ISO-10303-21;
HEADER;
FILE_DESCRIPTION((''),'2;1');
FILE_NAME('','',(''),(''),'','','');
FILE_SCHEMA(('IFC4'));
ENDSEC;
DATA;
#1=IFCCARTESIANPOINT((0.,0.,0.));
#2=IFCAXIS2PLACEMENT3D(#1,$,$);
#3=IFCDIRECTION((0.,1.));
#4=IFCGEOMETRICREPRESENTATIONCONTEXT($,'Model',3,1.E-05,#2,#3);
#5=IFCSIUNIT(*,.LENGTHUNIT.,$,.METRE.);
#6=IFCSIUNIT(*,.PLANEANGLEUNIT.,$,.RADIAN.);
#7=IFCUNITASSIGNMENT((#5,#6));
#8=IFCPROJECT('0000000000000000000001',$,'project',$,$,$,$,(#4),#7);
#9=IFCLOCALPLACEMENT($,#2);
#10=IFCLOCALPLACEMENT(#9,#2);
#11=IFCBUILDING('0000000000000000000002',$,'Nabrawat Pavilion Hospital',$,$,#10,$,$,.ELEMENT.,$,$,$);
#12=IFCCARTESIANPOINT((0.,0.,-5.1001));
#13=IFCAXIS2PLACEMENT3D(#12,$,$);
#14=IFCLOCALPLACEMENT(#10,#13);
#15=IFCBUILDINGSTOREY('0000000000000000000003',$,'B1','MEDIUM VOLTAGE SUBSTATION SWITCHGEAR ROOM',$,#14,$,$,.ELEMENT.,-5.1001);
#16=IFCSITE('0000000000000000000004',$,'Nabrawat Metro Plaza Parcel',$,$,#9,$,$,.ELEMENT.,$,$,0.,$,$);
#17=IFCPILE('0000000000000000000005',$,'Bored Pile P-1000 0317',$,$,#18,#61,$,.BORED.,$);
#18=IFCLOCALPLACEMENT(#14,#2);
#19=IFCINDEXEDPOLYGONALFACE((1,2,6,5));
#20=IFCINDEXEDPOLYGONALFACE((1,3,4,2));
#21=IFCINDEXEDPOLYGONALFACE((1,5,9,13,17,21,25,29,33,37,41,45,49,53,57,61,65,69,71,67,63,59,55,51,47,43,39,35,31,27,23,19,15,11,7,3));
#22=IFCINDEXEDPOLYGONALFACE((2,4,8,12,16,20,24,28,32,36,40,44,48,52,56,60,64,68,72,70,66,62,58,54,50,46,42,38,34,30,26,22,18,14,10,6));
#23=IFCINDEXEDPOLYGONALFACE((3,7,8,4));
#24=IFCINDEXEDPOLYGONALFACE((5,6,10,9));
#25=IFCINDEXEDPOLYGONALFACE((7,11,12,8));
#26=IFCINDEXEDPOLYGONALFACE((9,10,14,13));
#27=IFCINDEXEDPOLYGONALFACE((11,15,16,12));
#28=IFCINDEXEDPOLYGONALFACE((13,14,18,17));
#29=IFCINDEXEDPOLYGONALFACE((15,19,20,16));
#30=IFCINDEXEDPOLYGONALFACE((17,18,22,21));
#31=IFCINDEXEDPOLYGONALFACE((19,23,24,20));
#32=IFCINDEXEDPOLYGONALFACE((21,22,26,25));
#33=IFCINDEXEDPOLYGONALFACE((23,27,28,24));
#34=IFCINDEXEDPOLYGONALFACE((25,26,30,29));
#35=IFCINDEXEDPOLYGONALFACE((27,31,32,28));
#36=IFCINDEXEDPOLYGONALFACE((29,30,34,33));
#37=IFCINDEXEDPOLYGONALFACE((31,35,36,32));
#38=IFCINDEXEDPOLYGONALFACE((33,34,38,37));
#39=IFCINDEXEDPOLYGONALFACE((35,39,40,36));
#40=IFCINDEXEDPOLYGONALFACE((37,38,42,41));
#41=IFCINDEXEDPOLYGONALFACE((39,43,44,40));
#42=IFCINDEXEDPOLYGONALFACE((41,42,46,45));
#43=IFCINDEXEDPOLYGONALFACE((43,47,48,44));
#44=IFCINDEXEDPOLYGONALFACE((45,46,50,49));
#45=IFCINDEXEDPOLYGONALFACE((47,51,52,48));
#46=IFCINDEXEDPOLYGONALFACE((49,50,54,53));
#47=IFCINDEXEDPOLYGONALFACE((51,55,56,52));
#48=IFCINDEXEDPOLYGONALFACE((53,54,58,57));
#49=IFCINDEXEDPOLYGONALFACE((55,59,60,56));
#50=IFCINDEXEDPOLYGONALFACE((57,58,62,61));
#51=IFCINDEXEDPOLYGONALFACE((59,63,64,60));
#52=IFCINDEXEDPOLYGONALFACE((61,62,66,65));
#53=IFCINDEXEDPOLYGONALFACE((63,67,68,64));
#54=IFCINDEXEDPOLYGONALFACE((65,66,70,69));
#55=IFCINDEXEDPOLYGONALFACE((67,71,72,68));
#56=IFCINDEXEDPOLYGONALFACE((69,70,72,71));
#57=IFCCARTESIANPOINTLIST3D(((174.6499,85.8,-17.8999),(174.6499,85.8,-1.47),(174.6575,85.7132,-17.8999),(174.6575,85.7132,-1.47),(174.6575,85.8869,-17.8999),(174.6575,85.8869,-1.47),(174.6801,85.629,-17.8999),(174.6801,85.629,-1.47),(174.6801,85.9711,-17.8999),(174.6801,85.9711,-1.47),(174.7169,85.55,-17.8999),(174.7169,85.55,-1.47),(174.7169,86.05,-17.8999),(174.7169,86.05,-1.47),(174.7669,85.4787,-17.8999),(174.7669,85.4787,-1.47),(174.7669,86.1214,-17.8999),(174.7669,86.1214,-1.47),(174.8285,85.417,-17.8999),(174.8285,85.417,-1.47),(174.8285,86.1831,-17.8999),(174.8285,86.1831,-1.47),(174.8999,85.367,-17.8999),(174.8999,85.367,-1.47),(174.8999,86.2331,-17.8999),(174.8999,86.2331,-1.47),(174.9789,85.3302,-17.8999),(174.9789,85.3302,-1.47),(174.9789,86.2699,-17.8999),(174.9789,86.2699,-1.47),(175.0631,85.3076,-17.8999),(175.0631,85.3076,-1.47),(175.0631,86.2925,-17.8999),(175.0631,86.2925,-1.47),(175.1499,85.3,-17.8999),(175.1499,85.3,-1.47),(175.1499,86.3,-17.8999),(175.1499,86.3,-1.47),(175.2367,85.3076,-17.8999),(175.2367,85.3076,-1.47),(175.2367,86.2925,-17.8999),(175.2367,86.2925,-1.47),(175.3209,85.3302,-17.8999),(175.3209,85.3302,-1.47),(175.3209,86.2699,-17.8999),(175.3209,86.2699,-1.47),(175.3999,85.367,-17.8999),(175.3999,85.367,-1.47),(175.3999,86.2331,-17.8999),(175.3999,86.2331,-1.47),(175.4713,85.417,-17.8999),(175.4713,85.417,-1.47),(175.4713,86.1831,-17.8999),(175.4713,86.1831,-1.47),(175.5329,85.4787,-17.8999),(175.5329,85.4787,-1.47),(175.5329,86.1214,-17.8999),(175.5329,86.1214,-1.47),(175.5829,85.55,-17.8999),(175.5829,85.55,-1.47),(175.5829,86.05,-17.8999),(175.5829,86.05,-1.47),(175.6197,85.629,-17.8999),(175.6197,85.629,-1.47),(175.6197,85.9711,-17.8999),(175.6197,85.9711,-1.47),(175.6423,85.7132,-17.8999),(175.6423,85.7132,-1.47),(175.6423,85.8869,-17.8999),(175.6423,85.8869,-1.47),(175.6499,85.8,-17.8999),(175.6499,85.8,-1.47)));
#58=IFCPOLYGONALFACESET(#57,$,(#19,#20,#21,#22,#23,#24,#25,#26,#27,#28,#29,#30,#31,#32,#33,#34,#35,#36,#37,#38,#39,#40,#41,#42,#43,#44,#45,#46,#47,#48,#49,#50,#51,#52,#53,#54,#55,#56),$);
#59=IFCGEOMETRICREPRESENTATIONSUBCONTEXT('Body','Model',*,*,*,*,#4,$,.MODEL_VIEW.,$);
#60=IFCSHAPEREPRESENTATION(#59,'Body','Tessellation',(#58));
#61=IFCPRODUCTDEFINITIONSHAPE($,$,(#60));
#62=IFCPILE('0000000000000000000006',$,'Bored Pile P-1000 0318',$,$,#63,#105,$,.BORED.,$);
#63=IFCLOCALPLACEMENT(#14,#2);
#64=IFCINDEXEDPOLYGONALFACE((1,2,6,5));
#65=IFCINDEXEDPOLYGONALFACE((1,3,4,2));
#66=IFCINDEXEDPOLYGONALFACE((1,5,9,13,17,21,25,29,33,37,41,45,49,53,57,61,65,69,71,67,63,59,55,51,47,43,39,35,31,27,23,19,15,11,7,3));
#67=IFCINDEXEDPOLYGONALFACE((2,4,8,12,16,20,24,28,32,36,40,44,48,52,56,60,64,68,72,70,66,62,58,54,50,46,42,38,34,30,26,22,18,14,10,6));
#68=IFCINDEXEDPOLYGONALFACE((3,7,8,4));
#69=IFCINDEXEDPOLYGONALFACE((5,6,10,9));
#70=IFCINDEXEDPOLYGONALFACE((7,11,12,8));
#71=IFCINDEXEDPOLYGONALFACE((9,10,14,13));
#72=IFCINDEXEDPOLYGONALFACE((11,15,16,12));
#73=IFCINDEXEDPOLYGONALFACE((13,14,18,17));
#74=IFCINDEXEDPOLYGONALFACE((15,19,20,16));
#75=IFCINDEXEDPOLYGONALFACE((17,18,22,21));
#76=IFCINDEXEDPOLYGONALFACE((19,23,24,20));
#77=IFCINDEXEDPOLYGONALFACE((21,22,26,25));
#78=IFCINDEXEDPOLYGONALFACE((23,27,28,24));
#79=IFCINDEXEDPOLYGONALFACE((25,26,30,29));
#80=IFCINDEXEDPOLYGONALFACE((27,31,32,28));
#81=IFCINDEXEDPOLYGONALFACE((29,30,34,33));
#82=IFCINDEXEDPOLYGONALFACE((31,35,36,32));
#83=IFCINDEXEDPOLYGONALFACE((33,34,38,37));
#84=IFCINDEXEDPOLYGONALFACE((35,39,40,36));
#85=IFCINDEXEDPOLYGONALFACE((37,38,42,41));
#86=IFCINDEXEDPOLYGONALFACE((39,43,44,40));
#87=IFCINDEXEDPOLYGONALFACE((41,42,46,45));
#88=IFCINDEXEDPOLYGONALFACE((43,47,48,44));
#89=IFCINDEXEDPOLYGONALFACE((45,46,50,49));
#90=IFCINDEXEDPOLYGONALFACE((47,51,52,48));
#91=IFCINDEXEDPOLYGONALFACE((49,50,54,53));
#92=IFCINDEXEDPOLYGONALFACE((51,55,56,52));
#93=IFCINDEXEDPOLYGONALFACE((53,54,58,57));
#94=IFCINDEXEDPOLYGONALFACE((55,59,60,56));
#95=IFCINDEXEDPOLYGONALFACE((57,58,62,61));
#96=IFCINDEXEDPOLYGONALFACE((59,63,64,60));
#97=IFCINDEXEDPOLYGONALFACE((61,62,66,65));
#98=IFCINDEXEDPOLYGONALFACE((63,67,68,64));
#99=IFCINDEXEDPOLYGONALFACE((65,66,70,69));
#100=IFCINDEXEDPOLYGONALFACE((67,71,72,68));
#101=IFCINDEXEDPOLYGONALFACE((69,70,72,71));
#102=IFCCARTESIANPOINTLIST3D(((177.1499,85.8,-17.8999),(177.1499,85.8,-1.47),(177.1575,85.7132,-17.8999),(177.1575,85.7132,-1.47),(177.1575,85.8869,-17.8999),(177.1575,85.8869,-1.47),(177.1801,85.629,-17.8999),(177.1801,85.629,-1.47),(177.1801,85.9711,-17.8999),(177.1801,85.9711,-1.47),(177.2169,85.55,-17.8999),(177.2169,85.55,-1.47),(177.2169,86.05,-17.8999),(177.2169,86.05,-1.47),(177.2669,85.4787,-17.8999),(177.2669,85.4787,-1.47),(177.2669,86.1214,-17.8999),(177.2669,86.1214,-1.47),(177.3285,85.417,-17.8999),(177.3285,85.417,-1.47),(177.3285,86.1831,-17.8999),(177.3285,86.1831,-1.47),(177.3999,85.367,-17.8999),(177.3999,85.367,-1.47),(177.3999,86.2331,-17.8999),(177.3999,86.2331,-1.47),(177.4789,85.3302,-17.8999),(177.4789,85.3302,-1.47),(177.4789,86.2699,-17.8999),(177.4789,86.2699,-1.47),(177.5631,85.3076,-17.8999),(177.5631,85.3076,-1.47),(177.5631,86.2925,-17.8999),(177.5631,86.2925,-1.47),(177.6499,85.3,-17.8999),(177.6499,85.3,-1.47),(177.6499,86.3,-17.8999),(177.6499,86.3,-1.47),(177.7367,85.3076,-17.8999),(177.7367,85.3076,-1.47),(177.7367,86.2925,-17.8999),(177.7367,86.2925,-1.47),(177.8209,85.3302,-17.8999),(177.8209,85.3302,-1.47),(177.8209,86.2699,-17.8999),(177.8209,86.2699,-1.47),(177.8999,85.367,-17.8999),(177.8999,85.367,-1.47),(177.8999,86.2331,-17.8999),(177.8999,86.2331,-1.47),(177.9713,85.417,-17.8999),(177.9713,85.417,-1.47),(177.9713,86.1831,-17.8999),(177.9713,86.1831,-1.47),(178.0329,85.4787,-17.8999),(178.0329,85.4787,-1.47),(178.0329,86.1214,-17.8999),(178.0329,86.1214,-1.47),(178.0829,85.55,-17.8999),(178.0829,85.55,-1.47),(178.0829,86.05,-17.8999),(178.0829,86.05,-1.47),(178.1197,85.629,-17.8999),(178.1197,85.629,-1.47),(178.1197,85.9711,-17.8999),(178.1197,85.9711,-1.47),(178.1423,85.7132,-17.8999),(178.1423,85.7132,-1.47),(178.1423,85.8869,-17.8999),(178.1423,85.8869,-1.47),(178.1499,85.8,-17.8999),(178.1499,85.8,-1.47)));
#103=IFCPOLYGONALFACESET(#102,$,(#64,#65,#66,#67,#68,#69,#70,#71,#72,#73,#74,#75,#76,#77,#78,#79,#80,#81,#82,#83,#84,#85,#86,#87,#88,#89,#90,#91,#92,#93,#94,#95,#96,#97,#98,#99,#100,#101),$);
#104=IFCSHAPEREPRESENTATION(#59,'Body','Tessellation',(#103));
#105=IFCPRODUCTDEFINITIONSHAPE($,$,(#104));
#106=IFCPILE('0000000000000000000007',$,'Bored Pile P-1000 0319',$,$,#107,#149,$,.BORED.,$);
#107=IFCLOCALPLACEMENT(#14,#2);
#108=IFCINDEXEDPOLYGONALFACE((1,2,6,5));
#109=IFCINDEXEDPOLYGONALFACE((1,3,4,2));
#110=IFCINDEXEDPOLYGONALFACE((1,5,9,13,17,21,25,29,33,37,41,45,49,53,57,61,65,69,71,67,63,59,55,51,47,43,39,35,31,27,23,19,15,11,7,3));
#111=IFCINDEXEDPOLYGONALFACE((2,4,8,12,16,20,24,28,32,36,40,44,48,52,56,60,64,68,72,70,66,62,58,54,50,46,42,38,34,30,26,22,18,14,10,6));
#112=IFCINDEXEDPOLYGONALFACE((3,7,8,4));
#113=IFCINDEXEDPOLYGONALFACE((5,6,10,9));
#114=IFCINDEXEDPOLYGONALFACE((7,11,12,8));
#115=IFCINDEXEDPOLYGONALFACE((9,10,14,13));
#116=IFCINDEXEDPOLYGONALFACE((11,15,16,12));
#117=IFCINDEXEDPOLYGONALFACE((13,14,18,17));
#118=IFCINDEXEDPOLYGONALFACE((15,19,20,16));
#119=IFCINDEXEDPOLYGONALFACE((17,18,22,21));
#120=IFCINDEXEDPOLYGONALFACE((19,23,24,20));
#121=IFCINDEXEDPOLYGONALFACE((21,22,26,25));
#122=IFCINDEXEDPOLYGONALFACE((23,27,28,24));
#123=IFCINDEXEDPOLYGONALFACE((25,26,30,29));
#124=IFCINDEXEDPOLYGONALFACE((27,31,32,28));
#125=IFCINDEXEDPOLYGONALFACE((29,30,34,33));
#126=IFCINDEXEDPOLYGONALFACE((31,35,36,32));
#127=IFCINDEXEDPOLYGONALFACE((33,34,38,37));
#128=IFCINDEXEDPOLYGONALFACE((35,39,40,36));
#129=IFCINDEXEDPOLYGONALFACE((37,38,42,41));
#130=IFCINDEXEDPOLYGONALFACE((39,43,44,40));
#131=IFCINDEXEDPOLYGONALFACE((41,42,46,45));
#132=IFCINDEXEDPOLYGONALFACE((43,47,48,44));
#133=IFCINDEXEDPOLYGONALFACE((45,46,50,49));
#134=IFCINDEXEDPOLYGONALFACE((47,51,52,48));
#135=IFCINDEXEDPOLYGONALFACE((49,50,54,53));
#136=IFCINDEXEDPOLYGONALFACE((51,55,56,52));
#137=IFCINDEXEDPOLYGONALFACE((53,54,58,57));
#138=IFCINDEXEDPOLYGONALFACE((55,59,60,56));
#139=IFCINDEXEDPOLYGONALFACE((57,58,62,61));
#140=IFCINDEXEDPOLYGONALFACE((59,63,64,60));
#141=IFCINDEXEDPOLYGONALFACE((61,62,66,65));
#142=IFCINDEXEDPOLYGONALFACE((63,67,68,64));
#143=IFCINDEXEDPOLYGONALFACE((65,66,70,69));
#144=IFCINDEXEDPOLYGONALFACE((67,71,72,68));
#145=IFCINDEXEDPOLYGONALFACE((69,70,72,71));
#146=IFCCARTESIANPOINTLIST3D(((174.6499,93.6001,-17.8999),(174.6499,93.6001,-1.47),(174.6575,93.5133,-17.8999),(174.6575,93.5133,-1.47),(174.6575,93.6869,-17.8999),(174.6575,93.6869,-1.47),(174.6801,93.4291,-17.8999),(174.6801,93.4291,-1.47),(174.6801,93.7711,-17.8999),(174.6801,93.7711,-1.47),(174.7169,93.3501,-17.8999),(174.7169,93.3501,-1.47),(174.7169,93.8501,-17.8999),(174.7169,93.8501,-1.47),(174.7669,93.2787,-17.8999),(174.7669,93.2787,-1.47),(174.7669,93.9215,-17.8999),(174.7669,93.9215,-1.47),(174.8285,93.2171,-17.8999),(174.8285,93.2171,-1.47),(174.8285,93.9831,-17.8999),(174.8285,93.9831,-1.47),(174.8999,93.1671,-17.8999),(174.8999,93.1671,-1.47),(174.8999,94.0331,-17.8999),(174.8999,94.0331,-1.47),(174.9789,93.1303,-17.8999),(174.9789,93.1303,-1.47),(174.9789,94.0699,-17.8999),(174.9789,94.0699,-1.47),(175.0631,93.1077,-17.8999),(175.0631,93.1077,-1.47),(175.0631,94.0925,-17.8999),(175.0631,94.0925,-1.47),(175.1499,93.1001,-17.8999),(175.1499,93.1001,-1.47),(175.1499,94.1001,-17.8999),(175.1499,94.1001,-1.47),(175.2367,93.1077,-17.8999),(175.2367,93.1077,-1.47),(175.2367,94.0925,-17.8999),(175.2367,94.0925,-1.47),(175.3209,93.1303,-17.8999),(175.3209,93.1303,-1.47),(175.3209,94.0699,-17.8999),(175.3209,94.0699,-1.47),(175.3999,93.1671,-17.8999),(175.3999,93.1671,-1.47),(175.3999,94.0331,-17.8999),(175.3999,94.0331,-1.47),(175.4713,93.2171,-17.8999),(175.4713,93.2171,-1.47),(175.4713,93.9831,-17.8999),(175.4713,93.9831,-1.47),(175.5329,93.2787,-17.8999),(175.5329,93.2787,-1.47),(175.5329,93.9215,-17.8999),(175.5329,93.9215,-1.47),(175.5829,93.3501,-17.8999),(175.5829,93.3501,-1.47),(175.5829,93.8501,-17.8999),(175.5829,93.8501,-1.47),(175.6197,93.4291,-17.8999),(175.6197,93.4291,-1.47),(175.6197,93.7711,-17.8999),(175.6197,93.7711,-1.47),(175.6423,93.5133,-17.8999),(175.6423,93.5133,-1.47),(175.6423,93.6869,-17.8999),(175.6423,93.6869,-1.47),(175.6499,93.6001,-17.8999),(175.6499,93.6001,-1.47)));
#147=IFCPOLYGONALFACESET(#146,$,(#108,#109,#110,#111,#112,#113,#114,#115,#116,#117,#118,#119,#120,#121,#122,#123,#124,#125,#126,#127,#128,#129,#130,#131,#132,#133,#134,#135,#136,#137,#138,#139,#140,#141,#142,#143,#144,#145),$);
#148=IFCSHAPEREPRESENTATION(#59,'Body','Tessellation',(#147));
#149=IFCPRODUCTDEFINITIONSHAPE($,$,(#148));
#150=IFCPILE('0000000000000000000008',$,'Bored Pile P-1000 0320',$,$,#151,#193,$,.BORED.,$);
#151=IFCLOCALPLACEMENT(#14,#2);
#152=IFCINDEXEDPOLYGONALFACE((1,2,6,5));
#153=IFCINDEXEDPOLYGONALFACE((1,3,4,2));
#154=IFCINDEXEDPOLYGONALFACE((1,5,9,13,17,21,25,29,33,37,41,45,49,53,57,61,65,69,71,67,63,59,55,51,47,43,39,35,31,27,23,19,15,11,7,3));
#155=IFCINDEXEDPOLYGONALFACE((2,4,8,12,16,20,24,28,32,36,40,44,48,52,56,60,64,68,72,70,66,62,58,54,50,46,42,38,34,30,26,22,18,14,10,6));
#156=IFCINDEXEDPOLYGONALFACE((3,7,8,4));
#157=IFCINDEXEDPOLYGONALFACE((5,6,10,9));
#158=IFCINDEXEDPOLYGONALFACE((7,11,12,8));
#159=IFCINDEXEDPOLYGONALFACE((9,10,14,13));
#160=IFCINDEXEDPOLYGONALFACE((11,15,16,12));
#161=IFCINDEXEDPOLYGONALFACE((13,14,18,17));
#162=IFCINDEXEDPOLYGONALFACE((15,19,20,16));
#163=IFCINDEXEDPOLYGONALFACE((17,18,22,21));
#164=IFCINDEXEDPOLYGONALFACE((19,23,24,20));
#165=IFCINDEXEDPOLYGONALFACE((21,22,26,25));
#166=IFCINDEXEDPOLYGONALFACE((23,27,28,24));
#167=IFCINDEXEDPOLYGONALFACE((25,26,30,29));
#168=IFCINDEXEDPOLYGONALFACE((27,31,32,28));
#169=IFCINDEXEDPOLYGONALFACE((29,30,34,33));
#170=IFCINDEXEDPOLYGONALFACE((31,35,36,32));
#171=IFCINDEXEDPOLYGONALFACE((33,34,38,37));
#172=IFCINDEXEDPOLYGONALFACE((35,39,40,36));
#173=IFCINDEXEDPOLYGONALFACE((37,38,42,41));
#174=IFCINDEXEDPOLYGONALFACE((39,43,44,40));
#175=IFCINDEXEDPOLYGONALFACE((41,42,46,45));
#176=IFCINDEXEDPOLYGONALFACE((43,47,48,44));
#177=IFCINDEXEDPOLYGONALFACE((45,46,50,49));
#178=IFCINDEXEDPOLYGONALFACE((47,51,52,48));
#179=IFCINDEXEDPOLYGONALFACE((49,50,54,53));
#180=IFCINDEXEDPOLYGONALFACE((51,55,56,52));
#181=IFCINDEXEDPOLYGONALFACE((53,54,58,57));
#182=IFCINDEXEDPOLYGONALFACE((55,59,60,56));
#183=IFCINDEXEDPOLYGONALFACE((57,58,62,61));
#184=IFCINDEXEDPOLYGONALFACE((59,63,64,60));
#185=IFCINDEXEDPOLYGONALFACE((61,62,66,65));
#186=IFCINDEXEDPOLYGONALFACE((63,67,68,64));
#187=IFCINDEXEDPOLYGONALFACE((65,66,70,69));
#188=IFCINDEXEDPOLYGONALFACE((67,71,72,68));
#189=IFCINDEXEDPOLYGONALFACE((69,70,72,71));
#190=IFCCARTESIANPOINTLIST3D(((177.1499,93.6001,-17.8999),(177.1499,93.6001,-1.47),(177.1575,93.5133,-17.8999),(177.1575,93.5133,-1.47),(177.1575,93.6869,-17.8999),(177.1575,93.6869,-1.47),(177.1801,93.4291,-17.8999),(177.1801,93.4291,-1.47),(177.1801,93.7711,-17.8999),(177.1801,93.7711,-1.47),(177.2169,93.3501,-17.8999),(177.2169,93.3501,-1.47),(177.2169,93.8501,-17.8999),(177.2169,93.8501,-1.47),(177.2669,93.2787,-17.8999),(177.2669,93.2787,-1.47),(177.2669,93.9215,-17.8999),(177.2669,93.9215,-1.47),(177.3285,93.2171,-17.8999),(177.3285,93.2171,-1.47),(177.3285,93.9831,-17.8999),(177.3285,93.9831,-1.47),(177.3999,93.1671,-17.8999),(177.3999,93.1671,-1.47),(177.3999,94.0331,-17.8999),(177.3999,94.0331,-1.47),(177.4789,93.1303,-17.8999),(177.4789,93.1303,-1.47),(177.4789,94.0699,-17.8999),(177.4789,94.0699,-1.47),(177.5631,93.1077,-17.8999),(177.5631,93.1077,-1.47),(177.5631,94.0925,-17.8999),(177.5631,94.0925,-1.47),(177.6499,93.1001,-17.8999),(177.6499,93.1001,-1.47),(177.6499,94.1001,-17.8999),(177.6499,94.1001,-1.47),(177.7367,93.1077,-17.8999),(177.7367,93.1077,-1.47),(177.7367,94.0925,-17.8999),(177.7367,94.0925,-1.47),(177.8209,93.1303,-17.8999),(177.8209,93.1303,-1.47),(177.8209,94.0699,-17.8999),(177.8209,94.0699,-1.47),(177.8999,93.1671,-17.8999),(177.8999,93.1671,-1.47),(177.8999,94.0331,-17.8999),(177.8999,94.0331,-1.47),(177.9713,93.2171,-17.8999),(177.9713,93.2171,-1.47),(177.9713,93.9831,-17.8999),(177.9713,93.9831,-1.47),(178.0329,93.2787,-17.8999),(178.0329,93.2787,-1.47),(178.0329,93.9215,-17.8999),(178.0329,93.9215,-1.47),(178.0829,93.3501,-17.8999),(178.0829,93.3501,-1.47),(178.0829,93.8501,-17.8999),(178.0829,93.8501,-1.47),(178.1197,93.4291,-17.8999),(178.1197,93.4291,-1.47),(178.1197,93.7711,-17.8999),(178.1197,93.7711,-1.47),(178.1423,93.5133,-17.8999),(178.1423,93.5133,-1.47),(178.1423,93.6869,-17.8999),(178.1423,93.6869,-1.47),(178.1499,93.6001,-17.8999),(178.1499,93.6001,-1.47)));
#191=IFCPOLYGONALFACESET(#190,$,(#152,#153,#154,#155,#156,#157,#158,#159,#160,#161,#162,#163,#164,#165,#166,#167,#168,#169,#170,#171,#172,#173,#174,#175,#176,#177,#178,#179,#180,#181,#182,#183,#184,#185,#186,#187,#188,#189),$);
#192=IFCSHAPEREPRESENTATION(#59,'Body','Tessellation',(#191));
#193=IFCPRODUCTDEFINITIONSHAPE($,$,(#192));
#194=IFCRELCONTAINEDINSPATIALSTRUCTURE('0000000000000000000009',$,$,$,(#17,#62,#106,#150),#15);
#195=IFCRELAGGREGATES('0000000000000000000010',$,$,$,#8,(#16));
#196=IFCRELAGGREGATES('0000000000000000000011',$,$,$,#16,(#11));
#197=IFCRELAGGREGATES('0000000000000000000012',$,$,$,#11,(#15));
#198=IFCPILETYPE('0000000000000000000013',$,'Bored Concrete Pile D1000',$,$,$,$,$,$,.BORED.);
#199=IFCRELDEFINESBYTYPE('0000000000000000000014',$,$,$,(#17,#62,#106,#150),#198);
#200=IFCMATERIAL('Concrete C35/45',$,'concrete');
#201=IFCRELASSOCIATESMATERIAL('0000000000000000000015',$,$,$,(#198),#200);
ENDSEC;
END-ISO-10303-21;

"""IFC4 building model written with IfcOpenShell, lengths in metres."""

from ifc_helpers import new_model, si_unit, direction, frame, origin, origin_2d, place, context, subcontext, project, spatial, circle, extrude, material, material_profile, profile_set, type_object, element, save


model = new_model("IFC4")

# Units and contexts
model_context = context("Model", 3, precision=1e-05, world=origin(), true_north=direction((0.0, 1.0)))
body_context = subcontext(model_context, "Body", "Model", "MODEL_VIEW")
ifc_project = project(units=[si_unit("LENGTHUNIT", "METRE"), si_unit("PLANEANGLEUNIT", "RADIAN")], contexts=[model_context])

# Site, building, storey
site_placement = place(None, origin())
site = spatial("IfcSite", under=ifc_project, at=site_placement, Name="Nabrawat Metro Plaza Parcel", CompositionType="ELEMENT", RefElevation=0.0)
building_placement = place(site_placement, origin())
building = spatial("IfcBuilding", under=site, at=building_placement, Name="Nabrawat Pavilion Hospital", CompositionType="ELEMENT")
storey_placement = place(building_placement, frame((0.0, 0.0, -5.1001)))
storey = spatial("IfcBuildingStorey", under=building, at=storey_placement, Name="B1", Description="MEDIUM VOLTAGE SUBSTATION SWITCHGEAR ROOM", CompositionType="ELEMENT", Elevation=-5.1001)

# Piles
ifc_material_1 = material(Name="Concrete C35/45", Category="concrete")
ifc_material_profile_1 = material_profile(ifc_material_1, circle(Radius=0.5, at=origin_2d()), Name="DIA 1000")
ifc_profile_set_1 = profile_set([ifc_material_profile_1], Name="Concrete C35/45")
pile_type = type_object("IfcPileType", Name="Bored Concrete Pile D1000", PredefinedType="BORED", material=ifc_profile_set_1)
for number, where, z_axis, x_axis, name in (
    (1, (175.1499, 85.8, -1.47), (0.0, 0.0, -1.0), (1.0, 0.0, 0.0), "Bored Pile P-1000 0317"),
    (2, (177.6499, 85.8, -1.47), (0.0, 0.0, -1.0), (1.0, 0.0, 0.0), "Bored Pile P-1000 0318"),
    (3, (175.1499, 93.6001, -1.47), (0.0, 0.0, -1.0), (1.0, 0.0, 0.0), "Bored Pile P-1000 0319"),
    (4, (177.6499, 93.6001, -1.47), (0.0, 0.0, -1.0), (1.0, 0.0, 0.0), "Bored Pile P-1000 0320"),
):
    element("IfcPile", number, at=place(storey_placement, frame(where, z_axis=z_axis, x_axis=x_axis)), inside=storey, type_object=pile_type, Name=name, PredefinedType="BORED", context=body_context, shape_type="SweptSolid", body=[
        extrude(circle(Radius=0.5, at=origin_2d()), origin(), (0.0, 0.0, 1.0), 16.4299),
    ])

save(model, "model.ifc")
